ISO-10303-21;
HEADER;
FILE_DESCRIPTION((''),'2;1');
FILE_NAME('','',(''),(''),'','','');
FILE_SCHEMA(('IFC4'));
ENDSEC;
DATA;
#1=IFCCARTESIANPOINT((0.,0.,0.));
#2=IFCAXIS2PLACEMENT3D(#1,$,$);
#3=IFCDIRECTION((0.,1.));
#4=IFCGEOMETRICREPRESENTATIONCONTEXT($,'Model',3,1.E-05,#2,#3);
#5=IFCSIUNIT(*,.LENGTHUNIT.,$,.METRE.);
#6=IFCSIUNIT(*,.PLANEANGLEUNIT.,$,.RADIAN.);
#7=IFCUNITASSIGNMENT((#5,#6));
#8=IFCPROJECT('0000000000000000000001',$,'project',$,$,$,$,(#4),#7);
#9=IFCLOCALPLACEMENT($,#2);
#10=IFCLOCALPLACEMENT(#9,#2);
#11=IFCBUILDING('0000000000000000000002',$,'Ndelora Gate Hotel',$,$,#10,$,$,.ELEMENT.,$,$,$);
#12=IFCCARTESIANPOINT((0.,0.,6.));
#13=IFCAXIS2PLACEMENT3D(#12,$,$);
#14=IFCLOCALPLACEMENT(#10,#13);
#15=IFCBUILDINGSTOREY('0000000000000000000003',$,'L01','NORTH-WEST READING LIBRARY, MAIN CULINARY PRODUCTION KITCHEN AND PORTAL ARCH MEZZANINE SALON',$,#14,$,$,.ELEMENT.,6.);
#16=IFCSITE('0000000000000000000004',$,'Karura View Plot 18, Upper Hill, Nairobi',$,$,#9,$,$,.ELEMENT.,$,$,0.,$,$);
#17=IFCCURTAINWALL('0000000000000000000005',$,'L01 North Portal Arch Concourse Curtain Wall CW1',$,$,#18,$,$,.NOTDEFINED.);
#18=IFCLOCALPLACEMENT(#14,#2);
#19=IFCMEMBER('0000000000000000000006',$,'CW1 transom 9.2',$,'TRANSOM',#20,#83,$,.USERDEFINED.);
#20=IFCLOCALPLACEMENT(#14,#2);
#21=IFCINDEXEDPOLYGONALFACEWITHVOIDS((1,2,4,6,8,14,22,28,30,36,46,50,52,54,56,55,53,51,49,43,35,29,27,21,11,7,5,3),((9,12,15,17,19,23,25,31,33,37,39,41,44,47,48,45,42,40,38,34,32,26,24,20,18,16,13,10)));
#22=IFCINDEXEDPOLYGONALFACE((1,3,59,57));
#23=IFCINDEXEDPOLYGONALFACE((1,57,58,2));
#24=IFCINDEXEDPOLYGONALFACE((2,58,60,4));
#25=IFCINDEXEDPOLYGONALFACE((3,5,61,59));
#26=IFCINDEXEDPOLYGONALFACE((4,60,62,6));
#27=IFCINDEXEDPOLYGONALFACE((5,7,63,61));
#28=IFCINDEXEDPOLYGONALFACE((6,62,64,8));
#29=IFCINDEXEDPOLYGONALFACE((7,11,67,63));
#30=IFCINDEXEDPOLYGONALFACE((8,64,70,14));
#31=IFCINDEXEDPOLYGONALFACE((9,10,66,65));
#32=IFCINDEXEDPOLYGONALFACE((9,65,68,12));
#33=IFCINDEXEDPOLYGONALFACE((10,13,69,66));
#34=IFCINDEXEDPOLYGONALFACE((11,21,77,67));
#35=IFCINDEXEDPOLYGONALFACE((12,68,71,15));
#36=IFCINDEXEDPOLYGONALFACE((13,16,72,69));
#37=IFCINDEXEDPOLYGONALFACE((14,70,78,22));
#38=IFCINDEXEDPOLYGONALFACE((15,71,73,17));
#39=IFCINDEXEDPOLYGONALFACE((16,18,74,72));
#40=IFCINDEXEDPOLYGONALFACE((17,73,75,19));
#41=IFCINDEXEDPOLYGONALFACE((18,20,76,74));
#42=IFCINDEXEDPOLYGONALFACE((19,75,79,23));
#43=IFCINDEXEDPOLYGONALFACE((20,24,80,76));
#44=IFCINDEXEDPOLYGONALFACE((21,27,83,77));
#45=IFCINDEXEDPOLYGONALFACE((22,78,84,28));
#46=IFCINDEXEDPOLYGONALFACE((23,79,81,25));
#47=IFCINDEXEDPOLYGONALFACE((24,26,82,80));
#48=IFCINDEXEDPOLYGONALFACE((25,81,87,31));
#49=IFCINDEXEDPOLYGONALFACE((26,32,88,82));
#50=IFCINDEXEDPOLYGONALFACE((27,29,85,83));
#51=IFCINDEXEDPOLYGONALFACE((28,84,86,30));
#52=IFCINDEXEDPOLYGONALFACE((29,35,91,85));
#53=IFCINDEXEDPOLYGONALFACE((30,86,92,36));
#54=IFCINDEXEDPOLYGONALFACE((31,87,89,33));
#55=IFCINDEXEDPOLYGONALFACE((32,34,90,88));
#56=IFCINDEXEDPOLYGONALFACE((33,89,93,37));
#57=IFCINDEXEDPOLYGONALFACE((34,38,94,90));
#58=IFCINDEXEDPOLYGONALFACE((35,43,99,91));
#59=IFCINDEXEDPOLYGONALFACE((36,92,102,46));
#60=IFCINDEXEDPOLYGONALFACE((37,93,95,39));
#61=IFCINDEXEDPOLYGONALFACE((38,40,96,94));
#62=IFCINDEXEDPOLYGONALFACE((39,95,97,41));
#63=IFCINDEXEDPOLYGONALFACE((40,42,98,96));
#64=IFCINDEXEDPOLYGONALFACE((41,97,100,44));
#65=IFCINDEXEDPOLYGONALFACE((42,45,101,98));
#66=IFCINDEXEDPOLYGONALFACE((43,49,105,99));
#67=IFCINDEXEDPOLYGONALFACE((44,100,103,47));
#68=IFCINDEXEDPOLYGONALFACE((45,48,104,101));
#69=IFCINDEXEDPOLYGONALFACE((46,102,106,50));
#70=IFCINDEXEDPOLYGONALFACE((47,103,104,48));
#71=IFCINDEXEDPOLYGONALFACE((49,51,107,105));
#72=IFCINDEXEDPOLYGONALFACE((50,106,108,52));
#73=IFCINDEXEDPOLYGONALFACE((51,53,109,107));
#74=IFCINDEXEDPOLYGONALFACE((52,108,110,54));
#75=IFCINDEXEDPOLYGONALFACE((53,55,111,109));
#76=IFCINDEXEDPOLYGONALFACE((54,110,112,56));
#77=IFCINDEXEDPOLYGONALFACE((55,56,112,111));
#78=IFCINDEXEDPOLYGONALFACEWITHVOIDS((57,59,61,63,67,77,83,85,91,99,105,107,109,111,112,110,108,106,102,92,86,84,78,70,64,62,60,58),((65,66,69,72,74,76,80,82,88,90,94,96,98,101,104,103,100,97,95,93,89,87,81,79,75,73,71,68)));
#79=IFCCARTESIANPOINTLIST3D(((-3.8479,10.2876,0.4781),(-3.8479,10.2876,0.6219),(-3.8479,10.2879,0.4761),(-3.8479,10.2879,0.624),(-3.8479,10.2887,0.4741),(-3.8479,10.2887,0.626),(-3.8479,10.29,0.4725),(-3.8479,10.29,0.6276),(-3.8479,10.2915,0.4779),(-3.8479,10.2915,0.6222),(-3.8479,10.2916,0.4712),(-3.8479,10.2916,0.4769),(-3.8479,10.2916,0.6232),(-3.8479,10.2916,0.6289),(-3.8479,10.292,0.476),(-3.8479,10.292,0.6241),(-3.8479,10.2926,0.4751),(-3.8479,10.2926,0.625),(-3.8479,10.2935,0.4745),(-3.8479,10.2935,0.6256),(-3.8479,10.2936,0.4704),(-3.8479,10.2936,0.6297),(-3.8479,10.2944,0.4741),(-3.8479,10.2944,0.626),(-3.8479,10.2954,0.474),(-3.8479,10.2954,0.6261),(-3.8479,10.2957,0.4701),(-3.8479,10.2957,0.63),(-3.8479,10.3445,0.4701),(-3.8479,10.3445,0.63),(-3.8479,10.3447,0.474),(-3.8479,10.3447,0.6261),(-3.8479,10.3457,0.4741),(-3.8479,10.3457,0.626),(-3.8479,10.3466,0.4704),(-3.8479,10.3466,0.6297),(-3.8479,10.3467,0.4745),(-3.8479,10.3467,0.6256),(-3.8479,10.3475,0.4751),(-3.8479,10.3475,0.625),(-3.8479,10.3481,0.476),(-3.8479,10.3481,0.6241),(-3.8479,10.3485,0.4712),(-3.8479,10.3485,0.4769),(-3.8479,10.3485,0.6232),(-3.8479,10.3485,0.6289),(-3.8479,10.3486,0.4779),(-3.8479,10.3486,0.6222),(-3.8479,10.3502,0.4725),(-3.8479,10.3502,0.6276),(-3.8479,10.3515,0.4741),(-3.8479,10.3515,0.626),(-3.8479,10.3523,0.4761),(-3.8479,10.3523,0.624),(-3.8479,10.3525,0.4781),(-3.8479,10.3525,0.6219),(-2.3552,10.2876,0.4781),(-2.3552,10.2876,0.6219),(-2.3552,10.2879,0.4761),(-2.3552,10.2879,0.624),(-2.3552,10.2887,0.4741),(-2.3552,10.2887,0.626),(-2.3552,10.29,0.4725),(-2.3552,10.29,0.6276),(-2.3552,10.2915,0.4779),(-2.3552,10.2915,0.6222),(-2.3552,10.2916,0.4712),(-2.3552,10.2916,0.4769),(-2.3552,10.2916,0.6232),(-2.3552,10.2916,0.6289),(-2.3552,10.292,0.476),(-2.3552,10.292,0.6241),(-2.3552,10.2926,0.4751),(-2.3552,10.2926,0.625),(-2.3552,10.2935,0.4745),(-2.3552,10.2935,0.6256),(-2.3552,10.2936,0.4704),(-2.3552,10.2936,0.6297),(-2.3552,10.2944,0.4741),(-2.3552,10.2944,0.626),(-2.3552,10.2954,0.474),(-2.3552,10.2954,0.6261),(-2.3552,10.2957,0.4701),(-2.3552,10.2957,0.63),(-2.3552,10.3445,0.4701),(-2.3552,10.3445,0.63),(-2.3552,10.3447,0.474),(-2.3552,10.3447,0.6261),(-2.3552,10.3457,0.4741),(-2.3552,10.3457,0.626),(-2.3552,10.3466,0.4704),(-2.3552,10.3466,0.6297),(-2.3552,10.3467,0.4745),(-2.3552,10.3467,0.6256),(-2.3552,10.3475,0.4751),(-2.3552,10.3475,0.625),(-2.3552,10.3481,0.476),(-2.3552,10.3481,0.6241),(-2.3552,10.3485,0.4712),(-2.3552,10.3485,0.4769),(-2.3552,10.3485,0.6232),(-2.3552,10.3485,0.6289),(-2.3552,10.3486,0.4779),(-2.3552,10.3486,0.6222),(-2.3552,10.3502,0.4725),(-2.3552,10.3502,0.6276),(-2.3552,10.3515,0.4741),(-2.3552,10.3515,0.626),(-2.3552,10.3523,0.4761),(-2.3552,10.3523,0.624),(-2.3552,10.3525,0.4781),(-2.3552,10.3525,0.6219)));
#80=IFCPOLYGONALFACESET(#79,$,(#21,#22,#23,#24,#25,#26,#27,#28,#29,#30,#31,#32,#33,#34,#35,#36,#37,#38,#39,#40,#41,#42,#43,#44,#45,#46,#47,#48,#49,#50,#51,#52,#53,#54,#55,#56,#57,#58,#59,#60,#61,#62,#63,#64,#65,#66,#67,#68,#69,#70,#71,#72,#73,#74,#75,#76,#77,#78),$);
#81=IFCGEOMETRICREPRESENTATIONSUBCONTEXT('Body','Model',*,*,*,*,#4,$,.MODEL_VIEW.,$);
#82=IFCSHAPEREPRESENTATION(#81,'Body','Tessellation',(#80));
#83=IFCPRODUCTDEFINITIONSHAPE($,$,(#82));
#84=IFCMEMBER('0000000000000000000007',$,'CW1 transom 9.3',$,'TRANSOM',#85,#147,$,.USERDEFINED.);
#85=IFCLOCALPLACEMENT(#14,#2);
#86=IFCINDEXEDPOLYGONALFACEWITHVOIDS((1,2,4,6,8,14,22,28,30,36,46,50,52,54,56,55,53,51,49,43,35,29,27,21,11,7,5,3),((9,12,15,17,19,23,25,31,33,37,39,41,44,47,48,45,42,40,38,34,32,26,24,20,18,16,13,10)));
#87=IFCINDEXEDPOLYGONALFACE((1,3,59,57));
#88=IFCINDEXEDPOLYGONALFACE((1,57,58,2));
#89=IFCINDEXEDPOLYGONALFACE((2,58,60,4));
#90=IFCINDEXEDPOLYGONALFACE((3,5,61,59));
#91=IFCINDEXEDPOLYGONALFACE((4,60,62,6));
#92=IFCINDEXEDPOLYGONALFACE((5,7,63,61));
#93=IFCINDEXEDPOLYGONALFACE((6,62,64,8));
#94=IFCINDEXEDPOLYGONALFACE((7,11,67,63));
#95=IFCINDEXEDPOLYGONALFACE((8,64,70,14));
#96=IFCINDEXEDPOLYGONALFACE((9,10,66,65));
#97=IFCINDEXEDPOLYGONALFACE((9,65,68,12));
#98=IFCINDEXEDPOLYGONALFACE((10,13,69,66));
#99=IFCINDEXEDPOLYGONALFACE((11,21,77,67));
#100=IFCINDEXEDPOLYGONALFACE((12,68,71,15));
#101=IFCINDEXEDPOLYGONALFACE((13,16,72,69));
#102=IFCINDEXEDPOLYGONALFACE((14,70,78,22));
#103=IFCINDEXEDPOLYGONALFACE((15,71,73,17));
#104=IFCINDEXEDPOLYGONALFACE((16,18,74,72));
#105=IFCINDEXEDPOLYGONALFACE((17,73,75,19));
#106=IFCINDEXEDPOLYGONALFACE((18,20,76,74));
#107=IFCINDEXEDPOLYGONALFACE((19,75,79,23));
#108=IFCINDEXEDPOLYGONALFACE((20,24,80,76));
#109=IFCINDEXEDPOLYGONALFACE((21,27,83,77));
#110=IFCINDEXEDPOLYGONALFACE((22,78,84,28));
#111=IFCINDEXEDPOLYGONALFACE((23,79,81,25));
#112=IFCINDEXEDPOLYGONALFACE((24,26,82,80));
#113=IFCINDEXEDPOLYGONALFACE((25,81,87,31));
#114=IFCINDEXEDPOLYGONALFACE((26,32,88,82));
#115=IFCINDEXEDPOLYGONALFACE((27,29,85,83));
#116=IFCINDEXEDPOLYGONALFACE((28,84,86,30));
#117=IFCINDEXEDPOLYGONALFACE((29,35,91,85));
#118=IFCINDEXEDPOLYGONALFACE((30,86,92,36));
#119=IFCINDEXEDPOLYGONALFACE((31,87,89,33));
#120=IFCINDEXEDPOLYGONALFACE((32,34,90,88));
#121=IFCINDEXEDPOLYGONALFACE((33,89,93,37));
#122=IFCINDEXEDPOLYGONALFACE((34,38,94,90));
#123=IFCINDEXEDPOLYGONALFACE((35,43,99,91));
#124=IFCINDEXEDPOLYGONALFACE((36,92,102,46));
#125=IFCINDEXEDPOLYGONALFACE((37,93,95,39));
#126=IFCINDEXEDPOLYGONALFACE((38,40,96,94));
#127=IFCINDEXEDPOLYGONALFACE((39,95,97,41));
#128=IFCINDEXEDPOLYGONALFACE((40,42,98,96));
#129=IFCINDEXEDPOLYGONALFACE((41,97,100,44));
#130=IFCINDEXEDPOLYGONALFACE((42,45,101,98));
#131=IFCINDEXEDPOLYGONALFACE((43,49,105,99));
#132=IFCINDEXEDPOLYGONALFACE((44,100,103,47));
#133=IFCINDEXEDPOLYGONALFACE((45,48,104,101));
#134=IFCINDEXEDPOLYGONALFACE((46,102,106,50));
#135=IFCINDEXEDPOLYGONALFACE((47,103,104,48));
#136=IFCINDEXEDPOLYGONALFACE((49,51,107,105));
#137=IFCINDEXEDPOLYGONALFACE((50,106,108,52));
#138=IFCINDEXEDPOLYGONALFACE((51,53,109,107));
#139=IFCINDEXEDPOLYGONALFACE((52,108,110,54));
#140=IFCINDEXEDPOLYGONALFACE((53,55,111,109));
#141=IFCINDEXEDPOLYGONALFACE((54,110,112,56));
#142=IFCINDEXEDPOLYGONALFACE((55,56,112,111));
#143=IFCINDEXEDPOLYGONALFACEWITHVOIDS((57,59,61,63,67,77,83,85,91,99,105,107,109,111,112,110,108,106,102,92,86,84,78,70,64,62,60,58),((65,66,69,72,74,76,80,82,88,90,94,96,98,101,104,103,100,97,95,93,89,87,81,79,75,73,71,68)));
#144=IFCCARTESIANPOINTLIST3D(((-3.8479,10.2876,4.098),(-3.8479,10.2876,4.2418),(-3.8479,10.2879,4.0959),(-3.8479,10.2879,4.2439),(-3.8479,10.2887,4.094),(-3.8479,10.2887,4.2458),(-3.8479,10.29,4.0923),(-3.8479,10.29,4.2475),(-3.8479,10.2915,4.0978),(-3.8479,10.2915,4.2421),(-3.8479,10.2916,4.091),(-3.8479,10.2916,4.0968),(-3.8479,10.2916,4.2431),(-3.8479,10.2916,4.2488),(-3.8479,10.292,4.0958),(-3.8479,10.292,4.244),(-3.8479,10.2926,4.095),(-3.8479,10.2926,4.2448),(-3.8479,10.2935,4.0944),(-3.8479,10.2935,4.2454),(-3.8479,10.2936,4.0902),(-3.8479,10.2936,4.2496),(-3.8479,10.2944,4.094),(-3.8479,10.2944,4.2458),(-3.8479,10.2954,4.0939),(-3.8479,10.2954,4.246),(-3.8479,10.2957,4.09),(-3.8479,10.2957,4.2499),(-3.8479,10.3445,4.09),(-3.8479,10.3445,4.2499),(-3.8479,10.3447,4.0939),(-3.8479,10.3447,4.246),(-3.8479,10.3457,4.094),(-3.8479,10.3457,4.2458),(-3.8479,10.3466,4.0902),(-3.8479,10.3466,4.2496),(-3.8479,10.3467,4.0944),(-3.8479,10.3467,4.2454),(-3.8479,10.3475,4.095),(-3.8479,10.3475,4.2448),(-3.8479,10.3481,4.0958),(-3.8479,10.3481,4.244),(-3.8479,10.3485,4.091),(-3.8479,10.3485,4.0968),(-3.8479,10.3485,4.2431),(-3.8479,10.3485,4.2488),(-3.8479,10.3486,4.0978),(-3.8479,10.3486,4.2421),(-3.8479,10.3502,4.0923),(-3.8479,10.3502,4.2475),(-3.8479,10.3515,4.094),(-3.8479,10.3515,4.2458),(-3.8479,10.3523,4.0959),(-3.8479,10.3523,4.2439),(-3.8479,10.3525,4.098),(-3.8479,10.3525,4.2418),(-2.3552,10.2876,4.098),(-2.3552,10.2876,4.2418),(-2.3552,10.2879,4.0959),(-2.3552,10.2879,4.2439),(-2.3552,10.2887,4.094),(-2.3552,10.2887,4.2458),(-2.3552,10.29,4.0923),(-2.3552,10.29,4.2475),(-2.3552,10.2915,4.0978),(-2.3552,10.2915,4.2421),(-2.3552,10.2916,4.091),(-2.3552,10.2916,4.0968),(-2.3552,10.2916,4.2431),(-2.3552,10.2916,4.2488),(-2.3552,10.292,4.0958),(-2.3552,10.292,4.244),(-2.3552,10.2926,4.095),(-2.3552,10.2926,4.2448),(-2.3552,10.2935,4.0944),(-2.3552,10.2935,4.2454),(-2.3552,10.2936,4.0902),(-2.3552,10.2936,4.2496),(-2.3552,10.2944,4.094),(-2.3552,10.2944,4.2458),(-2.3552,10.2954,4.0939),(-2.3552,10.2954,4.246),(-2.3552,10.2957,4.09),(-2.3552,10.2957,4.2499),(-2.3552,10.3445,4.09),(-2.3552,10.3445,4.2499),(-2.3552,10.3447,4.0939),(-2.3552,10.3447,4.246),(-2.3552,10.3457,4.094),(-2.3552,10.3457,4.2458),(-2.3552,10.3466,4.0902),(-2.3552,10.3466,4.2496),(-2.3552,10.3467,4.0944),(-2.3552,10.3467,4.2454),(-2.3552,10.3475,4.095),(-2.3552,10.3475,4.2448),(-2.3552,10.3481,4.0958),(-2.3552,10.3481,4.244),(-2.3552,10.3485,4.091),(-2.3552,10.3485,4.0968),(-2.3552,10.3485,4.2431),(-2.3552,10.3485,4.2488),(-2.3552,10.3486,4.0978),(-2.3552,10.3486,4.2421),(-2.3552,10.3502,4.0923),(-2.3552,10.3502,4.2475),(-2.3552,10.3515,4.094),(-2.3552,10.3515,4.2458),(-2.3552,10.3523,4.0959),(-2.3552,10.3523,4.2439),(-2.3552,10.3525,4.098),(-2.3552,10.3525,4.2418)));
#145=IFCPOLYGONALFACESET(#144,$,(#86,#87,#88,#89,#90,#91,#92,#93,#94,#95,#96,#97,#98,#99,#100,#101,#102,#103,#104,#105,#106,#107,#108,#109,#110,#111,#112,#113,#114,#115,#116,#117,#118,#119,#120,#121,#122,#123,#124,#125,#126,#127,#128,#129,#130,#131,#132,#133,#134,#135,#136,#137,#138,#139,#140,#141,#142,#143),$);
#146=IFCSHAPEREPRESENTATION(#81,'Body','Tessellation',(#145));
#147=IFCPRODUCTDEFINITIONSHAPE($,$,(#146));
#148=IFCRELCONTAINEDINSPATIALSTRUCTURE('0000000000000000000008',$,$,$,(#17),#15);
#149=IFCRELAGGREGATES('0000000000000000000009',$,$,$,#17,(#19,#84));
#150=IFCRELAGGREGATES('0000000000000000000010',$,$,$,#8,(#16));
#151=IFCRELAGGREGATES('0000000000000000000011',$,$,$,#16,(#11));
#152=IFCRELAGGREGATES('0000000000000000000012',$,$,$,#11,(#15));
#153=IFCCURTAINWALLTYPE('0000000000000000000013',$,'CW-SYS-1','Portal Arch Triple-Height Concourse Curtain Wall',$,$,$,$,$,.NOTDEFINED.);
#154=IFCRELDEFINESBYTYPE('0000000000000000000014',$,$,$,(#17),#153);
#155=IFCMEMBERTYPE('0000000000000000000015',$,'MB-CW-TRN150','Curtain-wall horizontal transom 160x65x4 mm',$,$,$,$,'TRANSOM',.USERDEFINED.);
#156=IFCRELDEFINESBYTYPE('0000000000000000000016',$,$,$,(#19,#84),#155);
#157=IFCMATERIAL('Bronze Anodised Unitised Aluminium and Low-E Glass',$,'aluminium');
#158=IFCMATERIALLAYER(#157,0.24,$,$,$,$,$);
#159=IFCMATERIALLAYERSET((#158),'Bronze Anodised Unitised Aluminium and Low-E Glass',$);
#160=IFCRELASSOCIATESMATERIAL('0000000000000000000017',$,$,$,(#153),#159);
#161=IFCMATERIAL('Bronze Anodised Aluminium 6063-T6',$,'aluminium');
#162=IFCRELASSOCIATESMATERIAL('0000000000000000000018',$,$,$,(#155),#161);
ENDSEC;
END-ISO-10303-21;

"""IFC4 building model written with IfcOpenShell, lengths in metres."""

from ifc_helpers import new_model, si_unit, direction, frame, origin, origin_2d, place, context, subcontext, project, spatial, hollow_rectangle, extrude, material, layer, layer_set, material_profile, profile_set, type_object, element, aggregate, save


model = new_model("IFC4")

# Units and contexts
model_context = context("Model", 3, precision=1e-05, world=origin(), true_north=direction((0.0, 1.0)))
body_context = subcontext(model_context, "Body", "Model", "MODEL_VIEW")
ifc_project = project(units=[si_unit("LENGTHUNIT", "METRE"), si_unit("PLANEANGLEUNIT", "RADIAN")], contexts=[model_context])

# Site, building, storey
site_placement = place(None, origin())
site = spatial("IfcSite", under=ifc_project, at=site_placement, Name="Karura View Plot 18, Upper Hill, Nairobi", CompositionType="ELEMENT", RefElevation=0.0)
building_placement = place(site_placement, origin())
building = spatial("IfcBuilding", under=site, at=building_placement, Name="Ndelora Gate Hotel", CompositionType="ELEMENT")
storey_placement = place(building_placement, frame((0.0, 0.0, 6.0)))
storey = spatial("IfcBuildingStorey", under=building, at=storey_placement, Name="L01", Description="NORTH-WEST READING LIBRARY, MAIN CULINARY PRODUCTION KITCHEN AND PORTAL ARCH MEZZANINE SALON", CompositionType="ELEMENT", Elevation=6.0)

# Curtain wall, members
ifc_material_1 = material(Name="Bronze Anodised Unitised Aluminium and Low-E Glass", Category="aluminium")
ifc_layer_1 = layer(ifc_material_1, 0.24)
ifc_layer_set_1 = layer_set([ifc_layer_1], Name="Bronze Anodised Unitised Aluminium and Low-E Glass")
curtain_wall_type = type_object("IfcCurtainWallType", Name="CW-SYS-1", Description="Portal Arch Triple-Height Concourse Curtain Wall", PredefinedType="NOTDEFINED", material=ifc_layer_set_1)
curtain_wall_placement = place(storey_placement, origin())
curtain_wall = element("IfcCurtainWall", 1, at=curtain_wall_placement, inside=storey, type_object=curtain_wall_type, Name="L01 North Portal Arch Concourse Curtain Wall CW1", PredefinedType="NOTDEFINED")
ifc_material_2 = material(Name="Bronze Anodised Aluminium 6063-T6", Category="aluminium")
ifc_material_profile_1 = material_profile(ifc_material_2, hollow_rectangle(XDim=0.0649, YDim=0.1599, WallThickness=0.0039, InnerFilletRadius=0.0039, OuterFilletRadius=0.0081, at=origin_2d()), Name="ALU 160x65x4")
ifc_profile_set_1 = profile_set([ifc_material_profile_1], Name="Bronze Anodised Aluminium 6063-T6")
member_type_1 = type_object("IfcMemberType", Name="MB-CW-TRN150", Description="Curtain-wall horizontal transom 160x65x4 mm", ElementType="TRANSOM", PredefinedType="USERDEFINED", material=ifc_profile_set_1)
member_1_placement = place(storey_placement, frame((-2.3552, 10.3201, 0.55), z_axis=(-1.0, 0.0, 0.0), x_axis=(0.0, -1.0, 0.0)))
member_1 = element("IfcMember", 2, at=member_1_placement, type_object=member_type_1, Name="CW1 transom 9.2", ObjectType="TRANSOM", PredefinedType="USERDEFINED", context=body_context, shape_type="SweptSolid", body=[
    extrude(hollow_rectangle(XDim=0.0649, YDim=0.1599, WallThickness=0.0039, InnerFilletRadius=0.0039, OuterFilletRadius=0.0081, at=origin_2d()), origin(), (0.0, 0.0, 1.0), 1.4927),
])
member_2_placement = place(storey_placement, frame((-2.3552, 10.3201, 4.1699), z_axis=(-1.0, 0.0, 0.0), x_axis=(0.0, -1.0, 0.0)))
member_2 = element("IfcMember", 3, at=member_2_placement, type_object=member_type_1, Name="CW1 transom 9.3", ObjectType="TRANSOM", PredefinedType="USERDEFINED", context=body_context, shape_type="SweptSolid", body=[
    extrude(hollow_rectangle(XDim=0.0649, YDim=0.1599, WallThickness=0.0039, InnerFilletRadius=0.0039, OuterFilletRadius=0.0081, at=origin_2d()), origin(), (0.0, 0.0, 1.0), 1.4927),
])
aggregate(curtain_wall, [member_1, member_2])

save(model, "model.ifc")
